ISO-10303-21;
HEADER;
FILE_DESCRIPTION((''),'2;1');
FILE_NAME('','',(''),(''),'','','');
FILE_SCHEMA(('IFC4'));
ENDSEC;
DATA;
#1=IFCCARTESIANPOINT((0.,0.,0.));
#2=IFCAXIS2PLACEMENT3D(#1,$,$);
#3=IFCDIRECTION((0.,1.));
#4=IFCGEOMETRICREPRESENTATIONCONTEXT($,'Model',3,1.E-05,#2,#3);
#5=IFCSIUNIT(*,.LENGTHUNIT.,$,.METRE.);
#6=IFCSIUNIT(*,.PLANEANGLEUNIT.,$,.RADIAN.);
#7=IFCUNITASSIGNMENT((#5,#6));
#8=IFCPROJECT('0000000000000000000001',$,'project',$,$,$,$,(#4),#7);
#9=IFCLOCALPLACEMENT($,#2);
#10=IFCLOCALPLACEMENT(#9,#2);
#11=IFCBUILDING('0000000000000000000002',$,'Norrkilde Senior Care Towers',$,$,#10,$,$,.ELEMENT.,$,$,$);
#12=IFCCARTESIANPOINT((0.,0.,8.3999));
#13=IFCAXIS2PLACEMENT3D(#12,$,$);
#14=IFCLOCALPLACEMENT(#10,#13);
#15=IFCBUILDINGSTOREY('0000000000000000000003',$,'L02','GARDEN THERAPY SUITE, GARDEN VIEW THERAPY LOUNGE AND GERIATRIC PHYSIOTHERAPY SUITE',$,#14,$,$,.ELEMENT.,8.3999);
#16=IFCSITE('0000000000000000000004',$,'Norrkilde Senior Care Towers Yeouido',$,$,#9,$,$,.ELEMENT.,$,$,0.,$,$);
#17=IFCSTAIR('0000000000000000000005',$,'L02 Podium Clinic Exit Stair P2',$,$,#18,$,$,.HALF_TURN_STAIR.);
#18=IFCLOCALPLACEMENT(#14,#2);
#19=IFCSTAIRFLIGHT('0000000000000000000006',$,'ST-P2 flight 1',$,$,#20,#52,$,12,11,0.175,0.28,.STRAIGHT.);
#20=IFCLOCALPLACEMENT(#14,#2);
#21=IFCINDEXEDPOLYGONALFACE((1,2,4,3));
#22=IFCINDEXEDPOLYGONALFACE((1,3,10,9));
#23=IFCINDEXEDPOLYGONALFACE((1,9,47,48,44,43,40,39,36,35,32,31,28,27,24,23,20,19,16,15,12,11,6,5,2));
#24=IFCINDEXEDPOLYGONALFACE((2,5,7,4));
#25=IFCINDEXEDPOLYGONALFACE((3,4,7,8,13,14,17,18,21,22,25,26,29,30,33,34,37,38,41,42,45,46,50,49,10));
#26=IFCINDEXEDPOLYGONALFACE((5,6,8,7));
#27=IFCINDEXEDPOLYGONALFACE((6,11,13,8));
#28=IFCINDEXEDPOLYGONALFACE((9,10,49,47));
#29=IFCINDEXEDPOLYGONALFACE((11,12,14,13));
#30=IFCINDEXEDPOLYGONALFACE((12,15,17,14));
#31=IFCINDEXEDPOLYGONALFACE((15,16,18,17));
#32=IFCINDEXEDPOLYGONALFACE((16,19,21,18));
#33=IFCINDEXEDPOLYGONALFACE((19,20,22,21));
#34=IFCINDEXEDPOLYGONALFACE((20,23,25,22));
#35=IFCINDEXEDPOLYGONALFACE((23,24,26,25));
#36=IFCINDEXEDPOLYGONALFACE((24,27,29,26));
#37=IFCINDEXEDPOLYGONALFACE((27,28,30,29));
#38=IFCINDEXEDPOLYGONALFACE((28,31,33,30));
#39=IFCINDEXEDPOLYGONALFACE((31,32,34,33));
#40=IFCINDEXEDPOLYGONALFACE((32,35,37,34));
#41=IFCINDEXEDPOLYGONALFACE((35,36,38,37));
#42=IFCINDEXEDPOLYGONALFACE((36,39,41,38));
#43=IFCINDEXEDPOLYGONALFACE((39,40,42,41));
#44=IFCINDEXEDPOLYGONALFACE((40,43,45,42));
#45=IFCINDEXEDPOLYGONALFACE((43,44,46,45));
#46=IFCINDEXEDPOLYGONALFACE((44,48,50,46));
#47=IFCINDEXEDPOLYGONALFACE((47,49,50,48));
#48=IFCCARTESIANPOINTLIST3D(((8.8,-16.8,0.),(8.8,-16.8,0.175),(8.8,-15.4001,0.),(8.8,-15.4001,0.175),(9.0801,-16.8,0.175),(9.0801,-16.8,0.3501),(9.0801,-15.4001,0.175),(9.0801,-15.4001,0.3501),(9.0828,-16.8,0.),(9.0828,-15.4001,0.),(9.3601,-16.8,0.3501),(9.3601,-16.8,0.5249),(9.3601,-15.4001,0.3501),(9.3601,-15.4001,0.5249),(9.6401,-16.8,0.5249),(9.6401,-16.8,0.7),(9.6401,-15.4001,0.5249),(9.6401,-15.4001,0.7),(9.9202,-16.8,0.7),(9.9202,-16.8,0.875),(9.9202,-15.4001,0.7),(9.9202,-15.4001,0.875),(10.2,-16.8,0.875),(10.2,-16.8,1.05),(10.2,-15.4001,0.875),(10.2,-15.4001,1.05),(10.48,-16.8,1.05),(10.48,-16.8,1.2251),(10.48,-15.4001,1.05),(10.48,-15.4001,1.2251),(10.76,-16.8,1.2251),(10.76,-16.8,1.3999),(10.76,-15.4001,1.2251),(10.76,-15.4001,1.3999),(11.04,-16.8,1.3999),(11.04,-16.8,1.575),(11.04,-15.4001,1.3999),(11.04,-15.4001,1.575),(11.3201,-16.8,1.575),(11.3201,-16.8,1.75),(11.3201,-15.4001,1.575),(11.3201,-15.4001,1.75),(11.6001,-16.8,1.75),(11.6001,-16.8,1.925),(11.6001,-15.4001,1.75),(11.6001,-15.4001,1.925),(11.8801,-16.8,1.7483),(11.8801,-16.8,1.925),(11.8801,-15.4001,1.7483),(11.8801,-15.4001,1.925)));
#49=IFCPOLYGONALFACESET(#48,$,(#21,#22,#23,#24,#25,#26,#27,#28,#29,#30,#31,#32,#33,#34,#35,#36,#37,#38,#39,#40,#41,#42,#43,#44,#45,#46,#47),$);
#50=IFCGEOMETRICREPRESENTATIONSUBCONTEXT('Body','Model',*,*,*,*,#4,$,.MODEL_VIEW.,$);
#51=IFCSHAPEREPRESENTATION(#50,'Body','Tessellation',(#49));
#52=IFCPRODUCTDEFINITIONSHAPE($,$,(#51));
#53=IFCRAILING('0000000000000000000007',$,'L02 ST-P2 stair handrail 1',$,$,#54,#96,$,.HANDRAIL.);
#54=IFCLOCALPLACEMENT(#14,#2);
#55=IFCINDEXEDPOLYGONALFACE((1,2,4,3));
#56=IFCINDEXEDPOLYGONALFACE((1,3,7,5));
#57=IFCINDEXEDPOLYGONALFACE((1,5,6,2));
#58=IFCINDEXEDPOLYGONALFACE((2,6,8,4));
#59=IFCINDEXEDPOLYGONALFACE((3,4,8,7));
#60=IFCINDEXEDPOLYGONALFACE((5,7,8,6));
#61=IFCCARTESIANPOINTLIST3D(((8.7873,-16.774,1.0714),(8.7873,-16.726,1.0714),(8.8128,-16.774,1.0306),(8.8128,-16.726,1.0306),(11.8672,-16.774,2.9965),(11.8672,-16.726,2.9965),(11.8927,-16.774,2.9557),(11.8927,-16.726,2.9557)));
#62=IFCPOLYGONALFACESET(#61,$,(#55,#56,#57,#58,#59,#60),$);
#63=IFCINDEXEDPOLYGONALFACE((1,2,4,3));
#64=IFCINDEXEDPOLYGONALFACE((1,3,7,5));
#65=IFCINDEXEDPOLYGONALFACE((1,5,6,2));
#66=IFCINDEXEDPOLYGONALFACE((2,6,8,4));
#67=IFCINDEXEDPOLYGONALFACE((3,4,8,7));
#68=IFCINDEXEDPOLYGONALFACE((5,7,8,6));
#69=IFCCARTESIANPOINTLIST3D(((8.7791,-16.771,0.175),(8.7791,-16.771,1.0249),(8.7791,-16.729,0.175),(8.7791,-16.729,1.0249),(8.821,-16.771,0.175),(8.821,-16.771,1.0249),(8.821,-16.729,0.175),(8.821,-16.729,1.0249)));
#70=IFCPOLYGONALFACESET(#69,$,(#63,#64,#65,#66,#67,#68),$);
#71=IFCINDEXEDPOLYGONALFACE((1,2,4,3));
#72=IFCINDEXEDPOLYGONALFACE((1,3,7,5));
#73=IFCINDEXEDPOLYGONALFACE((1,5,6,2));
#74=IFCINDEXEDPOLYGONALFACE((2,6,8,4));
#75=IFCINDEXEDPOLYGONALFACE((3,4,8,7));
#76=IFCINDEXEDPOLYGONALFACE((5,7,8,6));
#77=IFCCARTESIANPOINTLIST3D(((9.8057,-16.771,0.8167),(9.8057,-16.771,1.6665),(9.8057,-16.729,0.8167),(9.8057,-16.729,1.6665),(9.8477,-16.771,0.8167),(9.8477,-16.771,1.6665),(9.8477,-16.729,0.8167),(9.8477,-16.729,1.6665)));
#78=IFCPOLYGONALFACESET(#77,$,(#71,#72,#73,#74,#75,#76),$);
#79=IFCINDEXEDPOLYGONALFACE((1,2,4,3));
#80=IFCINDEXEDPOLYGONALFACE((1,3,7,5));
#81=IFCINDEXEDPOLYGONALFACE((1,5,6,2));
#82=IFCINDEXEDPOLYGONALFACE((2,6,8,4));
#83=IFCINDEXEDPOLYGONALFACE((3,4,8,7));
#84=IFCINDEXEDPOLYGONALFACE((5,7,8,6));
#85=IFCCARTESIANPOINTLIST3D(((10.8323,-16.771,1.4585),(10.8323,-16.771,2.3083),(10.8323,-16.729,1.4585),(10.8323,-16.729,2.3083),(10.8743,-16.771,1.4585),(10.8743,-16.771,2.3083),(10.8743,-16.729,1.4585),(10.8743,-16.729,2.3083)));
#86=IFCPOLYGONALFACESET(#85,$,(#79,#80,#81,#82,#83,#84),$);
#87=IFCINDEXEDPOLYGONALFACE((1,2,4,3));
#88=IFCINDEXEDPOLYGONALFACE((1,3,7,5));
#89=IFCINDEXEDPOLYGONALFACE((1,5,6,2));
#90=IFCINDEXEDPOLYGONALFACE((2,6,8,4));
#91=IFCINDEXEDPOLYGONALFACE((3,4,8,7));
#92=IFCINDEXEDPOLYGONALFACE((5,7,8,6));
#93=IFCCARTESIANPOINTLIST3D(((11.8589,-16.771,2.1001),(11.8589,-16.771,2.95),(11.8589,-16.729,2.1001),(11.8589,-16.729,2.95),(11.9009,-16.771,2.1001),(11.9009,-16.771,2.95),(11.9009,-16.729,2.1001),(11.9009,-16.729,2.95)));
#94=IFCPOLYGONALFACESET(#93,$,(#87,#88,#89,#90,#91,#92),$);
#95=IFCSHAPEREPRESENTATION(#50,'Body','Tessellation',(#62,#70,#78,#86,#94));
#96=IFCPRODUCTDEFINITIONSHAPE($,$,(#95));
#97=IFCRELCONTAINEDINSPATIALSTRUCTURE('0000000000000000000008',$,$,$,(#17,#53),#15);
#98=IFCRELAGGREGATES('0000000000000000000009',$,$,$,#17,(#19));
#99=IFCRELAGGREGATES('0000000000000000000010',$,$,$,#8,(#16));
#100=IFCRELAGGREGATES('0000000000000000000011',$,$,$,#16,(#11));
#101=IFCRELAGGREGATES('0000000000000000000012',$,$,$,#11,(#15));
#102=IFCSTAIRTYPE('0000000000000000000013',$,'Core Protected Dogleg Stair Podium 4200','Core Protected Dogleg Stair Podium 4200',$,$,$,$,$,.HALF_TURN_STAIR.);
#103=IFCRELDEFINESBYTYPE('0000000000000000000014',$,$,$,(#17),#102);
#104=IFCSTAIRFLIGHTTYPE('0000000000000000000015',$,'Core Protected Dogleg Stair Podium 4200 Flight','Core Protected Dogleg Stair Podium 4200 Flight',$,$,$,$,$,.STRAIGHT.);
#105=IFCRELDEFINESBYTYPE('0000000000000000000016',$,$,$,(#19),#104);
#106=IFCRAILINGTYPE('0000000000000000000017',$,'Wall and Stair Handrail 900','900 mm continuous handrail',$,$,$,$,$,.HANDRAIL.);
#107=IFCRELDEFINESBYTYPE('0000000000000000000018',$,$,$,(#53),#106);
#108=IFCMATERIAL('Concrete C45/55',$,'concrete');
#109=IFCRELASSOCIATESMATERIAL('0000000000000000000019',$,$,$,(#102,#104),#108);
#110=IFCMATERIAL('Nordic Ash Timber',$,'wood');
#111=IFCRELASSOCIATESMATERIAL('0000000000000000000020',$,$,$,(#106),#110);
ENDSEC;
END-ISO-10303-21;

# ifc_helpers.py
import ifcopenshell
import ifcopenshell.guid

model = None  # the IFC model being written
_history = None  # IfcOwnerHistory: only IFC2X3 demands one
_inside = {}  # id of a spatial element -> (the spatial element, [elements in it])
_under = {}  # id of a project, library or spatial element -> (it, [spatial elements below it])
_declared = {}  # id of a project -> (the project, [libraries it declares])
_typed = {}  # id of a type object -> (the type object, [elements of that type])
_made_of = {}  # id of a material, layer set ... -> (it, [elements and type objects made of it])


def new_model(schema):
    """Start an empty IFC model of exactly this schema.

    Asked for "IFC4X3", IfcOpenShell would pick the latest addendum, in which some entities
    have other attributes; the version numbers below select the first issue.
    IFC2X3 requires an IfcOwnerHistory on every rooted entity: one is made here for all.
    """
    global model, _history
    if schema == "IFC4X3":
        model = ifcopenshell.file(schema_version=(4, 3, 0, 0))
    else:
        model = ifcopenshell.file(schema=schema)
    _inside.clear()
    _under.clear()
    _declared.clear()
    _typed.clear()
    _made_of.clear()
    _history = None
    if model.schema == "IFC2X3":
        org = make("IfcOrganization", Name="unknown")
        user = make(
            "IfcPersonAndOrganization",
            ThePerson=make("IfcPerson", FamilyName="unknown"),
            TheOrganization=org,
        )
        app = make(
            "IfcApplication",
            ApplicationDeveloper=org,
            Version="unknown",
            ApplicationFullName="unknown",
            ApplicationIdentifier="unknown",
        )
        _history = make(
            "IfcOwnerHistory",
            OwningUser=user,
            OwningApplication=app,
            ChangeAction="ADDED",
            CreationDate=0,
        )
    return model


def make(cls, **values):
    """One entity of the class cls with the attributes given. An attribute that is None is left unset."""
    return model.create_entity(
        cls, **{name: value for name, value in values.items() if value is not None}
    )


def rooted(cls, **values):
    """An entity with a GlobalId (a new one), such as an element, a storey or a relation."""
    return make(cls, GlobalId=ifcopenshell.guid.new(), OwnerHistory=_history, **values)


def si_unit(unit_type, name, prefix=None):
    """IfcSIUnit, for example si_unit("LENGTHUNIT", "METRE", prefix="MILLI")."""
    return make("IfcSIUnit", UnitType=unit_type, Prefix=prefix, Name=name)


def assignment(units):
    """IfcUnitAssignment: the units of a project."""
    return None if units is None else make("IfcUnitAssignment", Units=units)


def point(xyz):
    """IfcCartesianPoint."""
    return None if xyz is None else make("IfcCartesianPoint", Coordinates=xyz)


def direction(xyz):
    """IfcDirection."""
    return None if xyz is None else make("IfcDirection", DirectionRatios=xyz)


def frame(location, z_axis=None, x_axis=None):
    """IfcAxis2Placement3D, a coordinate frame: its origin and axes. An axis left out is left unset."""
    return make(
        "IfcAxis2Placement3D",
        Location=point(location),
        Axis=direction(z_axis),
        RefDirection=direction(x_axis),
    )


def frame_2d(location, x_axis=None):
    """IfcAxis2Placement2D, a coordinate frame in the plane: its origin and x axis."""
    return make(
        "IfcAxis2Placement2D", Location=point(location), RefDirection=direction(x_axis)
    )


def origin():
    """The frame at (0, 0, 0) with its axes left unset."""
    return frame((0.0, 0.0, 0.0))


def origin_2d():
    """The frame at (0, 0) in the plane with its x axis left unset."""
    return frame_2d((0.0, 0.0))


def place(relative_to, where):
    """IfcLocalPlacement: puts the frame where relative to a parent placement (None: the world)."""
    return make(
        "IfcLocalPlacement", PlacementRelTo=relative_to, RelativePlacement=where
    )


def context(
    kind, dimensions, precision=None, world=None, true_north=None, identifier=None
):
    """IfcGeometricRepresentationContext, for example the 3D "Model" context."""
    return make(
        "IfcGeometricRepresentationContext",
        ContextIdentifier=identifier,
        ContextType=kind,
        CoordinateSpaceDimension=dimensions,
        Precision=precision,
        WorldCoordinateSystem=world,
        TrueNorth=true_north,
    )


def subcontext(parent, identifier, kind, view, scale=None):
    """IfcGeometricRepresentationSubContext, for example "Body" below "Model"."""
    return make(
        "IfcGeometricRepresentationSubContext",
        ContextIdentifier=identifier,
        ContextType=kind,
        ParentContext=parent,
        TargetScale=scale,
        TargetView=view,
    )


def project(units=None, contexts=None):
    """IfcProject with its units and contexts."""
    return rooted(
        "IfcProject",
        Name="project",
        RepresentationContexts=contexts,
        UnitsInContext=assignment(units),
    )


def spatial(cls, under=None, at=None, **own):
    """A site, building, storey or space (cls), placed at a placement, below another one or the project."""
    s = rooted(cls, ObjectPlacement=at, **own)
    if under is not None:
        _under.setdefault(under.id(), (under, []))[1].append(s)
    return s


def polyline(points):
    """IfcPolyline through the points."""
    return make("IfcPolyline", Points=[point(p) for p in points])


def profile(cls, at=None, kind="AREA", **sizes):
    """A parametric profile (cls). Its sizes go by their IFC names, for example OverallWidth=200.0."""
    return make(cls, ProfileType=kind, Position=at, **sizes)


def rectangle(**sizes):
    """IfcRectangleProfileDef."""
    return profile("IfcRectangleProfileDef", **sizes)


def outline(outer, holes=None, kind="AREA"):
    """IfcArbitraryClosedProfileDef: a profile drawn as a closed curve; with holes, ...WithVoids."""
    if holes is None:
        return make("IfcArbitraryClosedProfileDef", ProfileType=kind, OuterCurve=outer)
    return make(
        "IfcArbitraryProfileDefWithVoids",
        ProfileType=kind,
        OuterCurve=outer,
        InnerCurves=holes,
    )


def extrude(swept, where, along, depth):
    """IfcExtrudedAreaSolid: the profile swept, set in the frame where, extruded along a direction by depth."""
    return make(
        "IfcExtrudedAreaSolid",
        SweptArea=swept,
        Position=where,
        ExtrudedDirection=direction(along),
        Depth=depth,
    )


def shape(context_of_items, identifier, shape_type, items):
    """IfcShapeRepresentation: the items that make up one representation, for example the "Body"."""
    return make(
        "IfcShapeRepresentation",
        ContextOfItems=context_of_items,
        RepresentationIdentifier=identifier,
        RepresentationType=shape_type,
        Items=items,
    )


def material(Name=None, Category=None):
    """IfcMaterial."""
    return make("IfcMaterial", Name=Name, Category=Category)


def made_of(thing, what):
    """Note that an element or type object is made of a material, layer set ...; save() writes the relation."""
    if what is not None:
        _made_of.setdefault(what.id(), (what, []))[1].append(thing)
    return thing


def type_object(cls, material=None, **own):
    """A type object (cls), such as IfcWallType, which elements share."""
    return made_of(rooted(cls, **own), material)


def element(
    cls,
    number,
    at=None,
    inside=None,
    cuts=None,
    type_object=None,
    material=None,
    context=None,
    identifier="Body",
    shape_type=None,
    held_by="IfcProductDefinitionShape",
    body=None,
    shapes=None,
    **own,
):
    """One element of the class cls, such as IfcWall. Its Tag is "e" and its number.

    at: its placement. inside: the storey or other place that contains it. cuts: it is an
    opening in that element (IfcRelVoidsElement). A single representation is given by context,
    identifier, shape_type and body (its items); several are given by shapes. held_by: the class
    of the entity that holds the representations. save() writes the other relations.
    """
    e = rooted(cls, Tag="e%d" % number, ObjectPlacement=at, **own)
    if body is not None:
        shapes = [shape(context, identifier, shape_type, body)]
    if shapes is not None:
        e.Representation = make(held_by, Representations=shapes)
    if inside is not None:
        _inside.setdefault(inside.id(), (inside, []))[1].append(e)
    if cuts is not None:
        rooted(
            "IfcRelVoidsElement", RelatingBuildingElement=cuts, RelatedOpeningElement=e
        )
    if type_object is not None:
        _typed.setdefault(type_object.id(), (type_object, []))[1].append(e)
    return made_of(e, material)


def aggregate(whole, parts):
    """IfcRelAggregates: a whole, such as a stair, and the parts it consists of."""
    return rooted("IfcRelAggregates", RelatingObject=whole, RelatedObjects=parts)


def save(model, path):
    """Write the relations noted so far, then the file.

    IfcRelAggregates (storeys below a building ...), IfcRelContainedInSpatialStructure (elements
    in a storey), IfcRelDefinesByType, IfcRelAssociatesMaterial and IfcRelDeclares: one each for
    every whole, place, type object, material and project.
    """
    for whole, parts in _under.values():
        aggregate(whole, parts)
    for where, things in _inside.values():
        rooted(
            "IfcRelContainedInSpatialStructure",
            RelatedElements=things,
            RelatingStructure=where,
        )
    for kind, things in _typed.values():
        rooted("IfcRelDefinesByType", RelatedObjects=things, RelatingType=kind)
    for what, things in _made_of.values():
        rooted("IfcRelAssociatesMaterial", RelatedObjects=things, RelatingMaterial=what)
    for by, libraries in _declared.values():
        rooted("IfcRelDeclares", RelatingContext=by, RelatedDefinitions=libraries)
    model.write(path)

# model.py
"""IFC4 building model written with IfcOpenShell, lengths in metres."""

from ifc_helpers import new_model, si_unit, direction, frame, origin, origin_2d, place, context, subcontext, project, spatial, polyline, rectangle, outline, extrude, material, type_object, element, aggregate, save


model = new_model("IFC4")

# Units and contexts
model_context = context("Model", 3, precision=1e-05, world=origin(), true_north=direction((0.0, 1.0)))
body_context = subcontext(model_context, "Body", "Model", "MODEL_VIEW")
ifc_project = project(units=[si_unit("LENGTHUNIT", "METRE"), si_unit("PLANEANGLEUNIT", "RADIAN")], contexts=[model_context])

# Site, building, storey
site_placement = place(None, origin())
site = spatial("IfcSite", under=ifc_project, at=site_placement, Name="Norrkilde Senior Care Towers Yeouido", CompositionType="ELEMENT", RefElevation=0.0)
building_placement = place(site_placement, origin())
building = spatial("IfcBuilding", under=site, at=building_placement, Name="Norrkilde Senior Care Towers", CompositionType="ELEMENT")
storey_placement = place(building_placement, frame((0.0, 0.0, 8.3999)))
storey = spatial("IfcBuildingStorey", under=building, at=storey_placement, Name="L02", Description="GARDEN THERAPY SUITE, GARDEN VIEW THERAPY LOUNGE AND GERIATRIC PHYSIOTHERAPY SUITE", CompositionType="ELEMENT", Elevation=8.3999)

# Shared definitions
ifc_material_1 = material(Name="Concrete C45/55", Category="concrete")

# Stair, stair flight
stair_type = type_object("IfcStairType", Name="Core Protected Dogleg Stair Podium 4200", Description="Core Protected Dogleg Stair Podium 4200", PredefinedType="HALF_TURN_STAIR", material=ifc_material_1)
stair_placement = place(storey_placement, origin())
stair = element("IfcStair", 1, at=stair_placement, inside=storey, type_object=stair_type, Name="L02 Podium Clinic Exit Stair P2", PredefinedType="HALF_TURN_STAIR")
stair_flight_type = type_object("IfcStairFlightType", Name="Core Protected Dogleg Stair Podium 4200 Flight", Description="Core Protected Dogleg Stair Podium 4200 Flight", PredefinedType="STRAIGHT", material=ifc_material_1)
stair_flight_placement = place(storey_placement, frame((8.8, -16.1001, 0.0), z_axis=(0.0, 0.0, 1.0), x_axis=(1.0, 0.0, 0.0)))
stair_flight = element("IfcStairFlight", 2, at=stair_flight_placement, type_object=stair_flight_type, Name="ST-P2 flight 1", NumberOfRisers=12, NumberOfTreads=11, PredefinedType="STRAIGHT", RiserHeight=0.175, TreadLength=0.28, context=body_context, shape_type="SweptSolid", body=[
    extrude(outline(polyline([(0.0, 0.0), (0.0, 0.175), (0.28, 0.175), (0.28, 0.3501), (0.5601, 0.3501), (0.5601, 0.5249), (0.8401, 0.5249), (0.8401, 0.7), (1.1201, 0.7), (1.1201, 0.875), (1.3999, 0.875), (1.3999, 1.05), (1.6799, 1.05), (1.6799, 1.2251), (1.96, 1.2251), (1.96, 1.3999), (2.24, 1.3999), (2.24, 1.575), (2.52, 1.575), (2.52, 1.75), (2.8, 1.75), (2.8, 1.925), (3.0801, 1.925), (3.0801, 2.1001), (3.0801, 1.7483), (0.2827, 0.0), (0.0, 0.0)])), frame((0.0, 0.7, 0.0), z_axis=(0.0, -1.0, 0.0), x_axis=(1.0, 0.0, 0.0)), (0.0, 0.0, 1.0), 1.3999),
])
aggregate(stair, [stair_flight])

# Railing
ifc_material_2 = material(Name="Nordic Ash Timber", Category="wood")
railing_type = type_object("IfcRailingType", Name="Wall and Stair Handrail 900", Description="900 mm continuous handrail", PredefinedType="HANDRAIL", material=ifc_material_2)
railing_placement = place(storey_placement, frame((8.8, -16.75, 0.175)))
element("IfcRailing", 3, at=railing_placement, inside=storey, type_object=railing_type, Name="L02 ST-P2 stair handrail 1", PredefinedType="HANDRAIL", context=body_context, shape_type="SweptSolid", body=[
    extrude(rectangle(XDim=0.0481, YDim=0.0481, at=origin_2d()), frame((0.0, 0.0, 0.876), z_axis=(0.847979, 0.0, 0.530029), x_axis=(0.0, 1.0, 0.0)), (0.0, 0.0, 1.0), 3.6321),
    extrude(rectangle(XDim=0.042, YDim=0.042, at=origin_2d()), origin(), (0.0, 0.0, 1.0), 0.8499),
    extrude(rectangle(XDim=0.042, YDim=0.042, at=origin_2d()), frame((1.0266, 0.0, 0.6416)), (0.0, 0.0, 1.0), 0.8499),
    extrude(rectangle(XDim=0.042, YDim=0.042, at=origin_2d()), frame((2.0532, 0.0, 1.2834)), (0.0, 0.0, 1.0), 0.8499),
    extrude(rectangle(XDim=0.042, YDim=0.042, at=origin_2d()), frame((3.0798, 0.0, 1.925)), (0.0, 0.0, 1.0), 0.8499),
])

save(model, "model.ifc")
